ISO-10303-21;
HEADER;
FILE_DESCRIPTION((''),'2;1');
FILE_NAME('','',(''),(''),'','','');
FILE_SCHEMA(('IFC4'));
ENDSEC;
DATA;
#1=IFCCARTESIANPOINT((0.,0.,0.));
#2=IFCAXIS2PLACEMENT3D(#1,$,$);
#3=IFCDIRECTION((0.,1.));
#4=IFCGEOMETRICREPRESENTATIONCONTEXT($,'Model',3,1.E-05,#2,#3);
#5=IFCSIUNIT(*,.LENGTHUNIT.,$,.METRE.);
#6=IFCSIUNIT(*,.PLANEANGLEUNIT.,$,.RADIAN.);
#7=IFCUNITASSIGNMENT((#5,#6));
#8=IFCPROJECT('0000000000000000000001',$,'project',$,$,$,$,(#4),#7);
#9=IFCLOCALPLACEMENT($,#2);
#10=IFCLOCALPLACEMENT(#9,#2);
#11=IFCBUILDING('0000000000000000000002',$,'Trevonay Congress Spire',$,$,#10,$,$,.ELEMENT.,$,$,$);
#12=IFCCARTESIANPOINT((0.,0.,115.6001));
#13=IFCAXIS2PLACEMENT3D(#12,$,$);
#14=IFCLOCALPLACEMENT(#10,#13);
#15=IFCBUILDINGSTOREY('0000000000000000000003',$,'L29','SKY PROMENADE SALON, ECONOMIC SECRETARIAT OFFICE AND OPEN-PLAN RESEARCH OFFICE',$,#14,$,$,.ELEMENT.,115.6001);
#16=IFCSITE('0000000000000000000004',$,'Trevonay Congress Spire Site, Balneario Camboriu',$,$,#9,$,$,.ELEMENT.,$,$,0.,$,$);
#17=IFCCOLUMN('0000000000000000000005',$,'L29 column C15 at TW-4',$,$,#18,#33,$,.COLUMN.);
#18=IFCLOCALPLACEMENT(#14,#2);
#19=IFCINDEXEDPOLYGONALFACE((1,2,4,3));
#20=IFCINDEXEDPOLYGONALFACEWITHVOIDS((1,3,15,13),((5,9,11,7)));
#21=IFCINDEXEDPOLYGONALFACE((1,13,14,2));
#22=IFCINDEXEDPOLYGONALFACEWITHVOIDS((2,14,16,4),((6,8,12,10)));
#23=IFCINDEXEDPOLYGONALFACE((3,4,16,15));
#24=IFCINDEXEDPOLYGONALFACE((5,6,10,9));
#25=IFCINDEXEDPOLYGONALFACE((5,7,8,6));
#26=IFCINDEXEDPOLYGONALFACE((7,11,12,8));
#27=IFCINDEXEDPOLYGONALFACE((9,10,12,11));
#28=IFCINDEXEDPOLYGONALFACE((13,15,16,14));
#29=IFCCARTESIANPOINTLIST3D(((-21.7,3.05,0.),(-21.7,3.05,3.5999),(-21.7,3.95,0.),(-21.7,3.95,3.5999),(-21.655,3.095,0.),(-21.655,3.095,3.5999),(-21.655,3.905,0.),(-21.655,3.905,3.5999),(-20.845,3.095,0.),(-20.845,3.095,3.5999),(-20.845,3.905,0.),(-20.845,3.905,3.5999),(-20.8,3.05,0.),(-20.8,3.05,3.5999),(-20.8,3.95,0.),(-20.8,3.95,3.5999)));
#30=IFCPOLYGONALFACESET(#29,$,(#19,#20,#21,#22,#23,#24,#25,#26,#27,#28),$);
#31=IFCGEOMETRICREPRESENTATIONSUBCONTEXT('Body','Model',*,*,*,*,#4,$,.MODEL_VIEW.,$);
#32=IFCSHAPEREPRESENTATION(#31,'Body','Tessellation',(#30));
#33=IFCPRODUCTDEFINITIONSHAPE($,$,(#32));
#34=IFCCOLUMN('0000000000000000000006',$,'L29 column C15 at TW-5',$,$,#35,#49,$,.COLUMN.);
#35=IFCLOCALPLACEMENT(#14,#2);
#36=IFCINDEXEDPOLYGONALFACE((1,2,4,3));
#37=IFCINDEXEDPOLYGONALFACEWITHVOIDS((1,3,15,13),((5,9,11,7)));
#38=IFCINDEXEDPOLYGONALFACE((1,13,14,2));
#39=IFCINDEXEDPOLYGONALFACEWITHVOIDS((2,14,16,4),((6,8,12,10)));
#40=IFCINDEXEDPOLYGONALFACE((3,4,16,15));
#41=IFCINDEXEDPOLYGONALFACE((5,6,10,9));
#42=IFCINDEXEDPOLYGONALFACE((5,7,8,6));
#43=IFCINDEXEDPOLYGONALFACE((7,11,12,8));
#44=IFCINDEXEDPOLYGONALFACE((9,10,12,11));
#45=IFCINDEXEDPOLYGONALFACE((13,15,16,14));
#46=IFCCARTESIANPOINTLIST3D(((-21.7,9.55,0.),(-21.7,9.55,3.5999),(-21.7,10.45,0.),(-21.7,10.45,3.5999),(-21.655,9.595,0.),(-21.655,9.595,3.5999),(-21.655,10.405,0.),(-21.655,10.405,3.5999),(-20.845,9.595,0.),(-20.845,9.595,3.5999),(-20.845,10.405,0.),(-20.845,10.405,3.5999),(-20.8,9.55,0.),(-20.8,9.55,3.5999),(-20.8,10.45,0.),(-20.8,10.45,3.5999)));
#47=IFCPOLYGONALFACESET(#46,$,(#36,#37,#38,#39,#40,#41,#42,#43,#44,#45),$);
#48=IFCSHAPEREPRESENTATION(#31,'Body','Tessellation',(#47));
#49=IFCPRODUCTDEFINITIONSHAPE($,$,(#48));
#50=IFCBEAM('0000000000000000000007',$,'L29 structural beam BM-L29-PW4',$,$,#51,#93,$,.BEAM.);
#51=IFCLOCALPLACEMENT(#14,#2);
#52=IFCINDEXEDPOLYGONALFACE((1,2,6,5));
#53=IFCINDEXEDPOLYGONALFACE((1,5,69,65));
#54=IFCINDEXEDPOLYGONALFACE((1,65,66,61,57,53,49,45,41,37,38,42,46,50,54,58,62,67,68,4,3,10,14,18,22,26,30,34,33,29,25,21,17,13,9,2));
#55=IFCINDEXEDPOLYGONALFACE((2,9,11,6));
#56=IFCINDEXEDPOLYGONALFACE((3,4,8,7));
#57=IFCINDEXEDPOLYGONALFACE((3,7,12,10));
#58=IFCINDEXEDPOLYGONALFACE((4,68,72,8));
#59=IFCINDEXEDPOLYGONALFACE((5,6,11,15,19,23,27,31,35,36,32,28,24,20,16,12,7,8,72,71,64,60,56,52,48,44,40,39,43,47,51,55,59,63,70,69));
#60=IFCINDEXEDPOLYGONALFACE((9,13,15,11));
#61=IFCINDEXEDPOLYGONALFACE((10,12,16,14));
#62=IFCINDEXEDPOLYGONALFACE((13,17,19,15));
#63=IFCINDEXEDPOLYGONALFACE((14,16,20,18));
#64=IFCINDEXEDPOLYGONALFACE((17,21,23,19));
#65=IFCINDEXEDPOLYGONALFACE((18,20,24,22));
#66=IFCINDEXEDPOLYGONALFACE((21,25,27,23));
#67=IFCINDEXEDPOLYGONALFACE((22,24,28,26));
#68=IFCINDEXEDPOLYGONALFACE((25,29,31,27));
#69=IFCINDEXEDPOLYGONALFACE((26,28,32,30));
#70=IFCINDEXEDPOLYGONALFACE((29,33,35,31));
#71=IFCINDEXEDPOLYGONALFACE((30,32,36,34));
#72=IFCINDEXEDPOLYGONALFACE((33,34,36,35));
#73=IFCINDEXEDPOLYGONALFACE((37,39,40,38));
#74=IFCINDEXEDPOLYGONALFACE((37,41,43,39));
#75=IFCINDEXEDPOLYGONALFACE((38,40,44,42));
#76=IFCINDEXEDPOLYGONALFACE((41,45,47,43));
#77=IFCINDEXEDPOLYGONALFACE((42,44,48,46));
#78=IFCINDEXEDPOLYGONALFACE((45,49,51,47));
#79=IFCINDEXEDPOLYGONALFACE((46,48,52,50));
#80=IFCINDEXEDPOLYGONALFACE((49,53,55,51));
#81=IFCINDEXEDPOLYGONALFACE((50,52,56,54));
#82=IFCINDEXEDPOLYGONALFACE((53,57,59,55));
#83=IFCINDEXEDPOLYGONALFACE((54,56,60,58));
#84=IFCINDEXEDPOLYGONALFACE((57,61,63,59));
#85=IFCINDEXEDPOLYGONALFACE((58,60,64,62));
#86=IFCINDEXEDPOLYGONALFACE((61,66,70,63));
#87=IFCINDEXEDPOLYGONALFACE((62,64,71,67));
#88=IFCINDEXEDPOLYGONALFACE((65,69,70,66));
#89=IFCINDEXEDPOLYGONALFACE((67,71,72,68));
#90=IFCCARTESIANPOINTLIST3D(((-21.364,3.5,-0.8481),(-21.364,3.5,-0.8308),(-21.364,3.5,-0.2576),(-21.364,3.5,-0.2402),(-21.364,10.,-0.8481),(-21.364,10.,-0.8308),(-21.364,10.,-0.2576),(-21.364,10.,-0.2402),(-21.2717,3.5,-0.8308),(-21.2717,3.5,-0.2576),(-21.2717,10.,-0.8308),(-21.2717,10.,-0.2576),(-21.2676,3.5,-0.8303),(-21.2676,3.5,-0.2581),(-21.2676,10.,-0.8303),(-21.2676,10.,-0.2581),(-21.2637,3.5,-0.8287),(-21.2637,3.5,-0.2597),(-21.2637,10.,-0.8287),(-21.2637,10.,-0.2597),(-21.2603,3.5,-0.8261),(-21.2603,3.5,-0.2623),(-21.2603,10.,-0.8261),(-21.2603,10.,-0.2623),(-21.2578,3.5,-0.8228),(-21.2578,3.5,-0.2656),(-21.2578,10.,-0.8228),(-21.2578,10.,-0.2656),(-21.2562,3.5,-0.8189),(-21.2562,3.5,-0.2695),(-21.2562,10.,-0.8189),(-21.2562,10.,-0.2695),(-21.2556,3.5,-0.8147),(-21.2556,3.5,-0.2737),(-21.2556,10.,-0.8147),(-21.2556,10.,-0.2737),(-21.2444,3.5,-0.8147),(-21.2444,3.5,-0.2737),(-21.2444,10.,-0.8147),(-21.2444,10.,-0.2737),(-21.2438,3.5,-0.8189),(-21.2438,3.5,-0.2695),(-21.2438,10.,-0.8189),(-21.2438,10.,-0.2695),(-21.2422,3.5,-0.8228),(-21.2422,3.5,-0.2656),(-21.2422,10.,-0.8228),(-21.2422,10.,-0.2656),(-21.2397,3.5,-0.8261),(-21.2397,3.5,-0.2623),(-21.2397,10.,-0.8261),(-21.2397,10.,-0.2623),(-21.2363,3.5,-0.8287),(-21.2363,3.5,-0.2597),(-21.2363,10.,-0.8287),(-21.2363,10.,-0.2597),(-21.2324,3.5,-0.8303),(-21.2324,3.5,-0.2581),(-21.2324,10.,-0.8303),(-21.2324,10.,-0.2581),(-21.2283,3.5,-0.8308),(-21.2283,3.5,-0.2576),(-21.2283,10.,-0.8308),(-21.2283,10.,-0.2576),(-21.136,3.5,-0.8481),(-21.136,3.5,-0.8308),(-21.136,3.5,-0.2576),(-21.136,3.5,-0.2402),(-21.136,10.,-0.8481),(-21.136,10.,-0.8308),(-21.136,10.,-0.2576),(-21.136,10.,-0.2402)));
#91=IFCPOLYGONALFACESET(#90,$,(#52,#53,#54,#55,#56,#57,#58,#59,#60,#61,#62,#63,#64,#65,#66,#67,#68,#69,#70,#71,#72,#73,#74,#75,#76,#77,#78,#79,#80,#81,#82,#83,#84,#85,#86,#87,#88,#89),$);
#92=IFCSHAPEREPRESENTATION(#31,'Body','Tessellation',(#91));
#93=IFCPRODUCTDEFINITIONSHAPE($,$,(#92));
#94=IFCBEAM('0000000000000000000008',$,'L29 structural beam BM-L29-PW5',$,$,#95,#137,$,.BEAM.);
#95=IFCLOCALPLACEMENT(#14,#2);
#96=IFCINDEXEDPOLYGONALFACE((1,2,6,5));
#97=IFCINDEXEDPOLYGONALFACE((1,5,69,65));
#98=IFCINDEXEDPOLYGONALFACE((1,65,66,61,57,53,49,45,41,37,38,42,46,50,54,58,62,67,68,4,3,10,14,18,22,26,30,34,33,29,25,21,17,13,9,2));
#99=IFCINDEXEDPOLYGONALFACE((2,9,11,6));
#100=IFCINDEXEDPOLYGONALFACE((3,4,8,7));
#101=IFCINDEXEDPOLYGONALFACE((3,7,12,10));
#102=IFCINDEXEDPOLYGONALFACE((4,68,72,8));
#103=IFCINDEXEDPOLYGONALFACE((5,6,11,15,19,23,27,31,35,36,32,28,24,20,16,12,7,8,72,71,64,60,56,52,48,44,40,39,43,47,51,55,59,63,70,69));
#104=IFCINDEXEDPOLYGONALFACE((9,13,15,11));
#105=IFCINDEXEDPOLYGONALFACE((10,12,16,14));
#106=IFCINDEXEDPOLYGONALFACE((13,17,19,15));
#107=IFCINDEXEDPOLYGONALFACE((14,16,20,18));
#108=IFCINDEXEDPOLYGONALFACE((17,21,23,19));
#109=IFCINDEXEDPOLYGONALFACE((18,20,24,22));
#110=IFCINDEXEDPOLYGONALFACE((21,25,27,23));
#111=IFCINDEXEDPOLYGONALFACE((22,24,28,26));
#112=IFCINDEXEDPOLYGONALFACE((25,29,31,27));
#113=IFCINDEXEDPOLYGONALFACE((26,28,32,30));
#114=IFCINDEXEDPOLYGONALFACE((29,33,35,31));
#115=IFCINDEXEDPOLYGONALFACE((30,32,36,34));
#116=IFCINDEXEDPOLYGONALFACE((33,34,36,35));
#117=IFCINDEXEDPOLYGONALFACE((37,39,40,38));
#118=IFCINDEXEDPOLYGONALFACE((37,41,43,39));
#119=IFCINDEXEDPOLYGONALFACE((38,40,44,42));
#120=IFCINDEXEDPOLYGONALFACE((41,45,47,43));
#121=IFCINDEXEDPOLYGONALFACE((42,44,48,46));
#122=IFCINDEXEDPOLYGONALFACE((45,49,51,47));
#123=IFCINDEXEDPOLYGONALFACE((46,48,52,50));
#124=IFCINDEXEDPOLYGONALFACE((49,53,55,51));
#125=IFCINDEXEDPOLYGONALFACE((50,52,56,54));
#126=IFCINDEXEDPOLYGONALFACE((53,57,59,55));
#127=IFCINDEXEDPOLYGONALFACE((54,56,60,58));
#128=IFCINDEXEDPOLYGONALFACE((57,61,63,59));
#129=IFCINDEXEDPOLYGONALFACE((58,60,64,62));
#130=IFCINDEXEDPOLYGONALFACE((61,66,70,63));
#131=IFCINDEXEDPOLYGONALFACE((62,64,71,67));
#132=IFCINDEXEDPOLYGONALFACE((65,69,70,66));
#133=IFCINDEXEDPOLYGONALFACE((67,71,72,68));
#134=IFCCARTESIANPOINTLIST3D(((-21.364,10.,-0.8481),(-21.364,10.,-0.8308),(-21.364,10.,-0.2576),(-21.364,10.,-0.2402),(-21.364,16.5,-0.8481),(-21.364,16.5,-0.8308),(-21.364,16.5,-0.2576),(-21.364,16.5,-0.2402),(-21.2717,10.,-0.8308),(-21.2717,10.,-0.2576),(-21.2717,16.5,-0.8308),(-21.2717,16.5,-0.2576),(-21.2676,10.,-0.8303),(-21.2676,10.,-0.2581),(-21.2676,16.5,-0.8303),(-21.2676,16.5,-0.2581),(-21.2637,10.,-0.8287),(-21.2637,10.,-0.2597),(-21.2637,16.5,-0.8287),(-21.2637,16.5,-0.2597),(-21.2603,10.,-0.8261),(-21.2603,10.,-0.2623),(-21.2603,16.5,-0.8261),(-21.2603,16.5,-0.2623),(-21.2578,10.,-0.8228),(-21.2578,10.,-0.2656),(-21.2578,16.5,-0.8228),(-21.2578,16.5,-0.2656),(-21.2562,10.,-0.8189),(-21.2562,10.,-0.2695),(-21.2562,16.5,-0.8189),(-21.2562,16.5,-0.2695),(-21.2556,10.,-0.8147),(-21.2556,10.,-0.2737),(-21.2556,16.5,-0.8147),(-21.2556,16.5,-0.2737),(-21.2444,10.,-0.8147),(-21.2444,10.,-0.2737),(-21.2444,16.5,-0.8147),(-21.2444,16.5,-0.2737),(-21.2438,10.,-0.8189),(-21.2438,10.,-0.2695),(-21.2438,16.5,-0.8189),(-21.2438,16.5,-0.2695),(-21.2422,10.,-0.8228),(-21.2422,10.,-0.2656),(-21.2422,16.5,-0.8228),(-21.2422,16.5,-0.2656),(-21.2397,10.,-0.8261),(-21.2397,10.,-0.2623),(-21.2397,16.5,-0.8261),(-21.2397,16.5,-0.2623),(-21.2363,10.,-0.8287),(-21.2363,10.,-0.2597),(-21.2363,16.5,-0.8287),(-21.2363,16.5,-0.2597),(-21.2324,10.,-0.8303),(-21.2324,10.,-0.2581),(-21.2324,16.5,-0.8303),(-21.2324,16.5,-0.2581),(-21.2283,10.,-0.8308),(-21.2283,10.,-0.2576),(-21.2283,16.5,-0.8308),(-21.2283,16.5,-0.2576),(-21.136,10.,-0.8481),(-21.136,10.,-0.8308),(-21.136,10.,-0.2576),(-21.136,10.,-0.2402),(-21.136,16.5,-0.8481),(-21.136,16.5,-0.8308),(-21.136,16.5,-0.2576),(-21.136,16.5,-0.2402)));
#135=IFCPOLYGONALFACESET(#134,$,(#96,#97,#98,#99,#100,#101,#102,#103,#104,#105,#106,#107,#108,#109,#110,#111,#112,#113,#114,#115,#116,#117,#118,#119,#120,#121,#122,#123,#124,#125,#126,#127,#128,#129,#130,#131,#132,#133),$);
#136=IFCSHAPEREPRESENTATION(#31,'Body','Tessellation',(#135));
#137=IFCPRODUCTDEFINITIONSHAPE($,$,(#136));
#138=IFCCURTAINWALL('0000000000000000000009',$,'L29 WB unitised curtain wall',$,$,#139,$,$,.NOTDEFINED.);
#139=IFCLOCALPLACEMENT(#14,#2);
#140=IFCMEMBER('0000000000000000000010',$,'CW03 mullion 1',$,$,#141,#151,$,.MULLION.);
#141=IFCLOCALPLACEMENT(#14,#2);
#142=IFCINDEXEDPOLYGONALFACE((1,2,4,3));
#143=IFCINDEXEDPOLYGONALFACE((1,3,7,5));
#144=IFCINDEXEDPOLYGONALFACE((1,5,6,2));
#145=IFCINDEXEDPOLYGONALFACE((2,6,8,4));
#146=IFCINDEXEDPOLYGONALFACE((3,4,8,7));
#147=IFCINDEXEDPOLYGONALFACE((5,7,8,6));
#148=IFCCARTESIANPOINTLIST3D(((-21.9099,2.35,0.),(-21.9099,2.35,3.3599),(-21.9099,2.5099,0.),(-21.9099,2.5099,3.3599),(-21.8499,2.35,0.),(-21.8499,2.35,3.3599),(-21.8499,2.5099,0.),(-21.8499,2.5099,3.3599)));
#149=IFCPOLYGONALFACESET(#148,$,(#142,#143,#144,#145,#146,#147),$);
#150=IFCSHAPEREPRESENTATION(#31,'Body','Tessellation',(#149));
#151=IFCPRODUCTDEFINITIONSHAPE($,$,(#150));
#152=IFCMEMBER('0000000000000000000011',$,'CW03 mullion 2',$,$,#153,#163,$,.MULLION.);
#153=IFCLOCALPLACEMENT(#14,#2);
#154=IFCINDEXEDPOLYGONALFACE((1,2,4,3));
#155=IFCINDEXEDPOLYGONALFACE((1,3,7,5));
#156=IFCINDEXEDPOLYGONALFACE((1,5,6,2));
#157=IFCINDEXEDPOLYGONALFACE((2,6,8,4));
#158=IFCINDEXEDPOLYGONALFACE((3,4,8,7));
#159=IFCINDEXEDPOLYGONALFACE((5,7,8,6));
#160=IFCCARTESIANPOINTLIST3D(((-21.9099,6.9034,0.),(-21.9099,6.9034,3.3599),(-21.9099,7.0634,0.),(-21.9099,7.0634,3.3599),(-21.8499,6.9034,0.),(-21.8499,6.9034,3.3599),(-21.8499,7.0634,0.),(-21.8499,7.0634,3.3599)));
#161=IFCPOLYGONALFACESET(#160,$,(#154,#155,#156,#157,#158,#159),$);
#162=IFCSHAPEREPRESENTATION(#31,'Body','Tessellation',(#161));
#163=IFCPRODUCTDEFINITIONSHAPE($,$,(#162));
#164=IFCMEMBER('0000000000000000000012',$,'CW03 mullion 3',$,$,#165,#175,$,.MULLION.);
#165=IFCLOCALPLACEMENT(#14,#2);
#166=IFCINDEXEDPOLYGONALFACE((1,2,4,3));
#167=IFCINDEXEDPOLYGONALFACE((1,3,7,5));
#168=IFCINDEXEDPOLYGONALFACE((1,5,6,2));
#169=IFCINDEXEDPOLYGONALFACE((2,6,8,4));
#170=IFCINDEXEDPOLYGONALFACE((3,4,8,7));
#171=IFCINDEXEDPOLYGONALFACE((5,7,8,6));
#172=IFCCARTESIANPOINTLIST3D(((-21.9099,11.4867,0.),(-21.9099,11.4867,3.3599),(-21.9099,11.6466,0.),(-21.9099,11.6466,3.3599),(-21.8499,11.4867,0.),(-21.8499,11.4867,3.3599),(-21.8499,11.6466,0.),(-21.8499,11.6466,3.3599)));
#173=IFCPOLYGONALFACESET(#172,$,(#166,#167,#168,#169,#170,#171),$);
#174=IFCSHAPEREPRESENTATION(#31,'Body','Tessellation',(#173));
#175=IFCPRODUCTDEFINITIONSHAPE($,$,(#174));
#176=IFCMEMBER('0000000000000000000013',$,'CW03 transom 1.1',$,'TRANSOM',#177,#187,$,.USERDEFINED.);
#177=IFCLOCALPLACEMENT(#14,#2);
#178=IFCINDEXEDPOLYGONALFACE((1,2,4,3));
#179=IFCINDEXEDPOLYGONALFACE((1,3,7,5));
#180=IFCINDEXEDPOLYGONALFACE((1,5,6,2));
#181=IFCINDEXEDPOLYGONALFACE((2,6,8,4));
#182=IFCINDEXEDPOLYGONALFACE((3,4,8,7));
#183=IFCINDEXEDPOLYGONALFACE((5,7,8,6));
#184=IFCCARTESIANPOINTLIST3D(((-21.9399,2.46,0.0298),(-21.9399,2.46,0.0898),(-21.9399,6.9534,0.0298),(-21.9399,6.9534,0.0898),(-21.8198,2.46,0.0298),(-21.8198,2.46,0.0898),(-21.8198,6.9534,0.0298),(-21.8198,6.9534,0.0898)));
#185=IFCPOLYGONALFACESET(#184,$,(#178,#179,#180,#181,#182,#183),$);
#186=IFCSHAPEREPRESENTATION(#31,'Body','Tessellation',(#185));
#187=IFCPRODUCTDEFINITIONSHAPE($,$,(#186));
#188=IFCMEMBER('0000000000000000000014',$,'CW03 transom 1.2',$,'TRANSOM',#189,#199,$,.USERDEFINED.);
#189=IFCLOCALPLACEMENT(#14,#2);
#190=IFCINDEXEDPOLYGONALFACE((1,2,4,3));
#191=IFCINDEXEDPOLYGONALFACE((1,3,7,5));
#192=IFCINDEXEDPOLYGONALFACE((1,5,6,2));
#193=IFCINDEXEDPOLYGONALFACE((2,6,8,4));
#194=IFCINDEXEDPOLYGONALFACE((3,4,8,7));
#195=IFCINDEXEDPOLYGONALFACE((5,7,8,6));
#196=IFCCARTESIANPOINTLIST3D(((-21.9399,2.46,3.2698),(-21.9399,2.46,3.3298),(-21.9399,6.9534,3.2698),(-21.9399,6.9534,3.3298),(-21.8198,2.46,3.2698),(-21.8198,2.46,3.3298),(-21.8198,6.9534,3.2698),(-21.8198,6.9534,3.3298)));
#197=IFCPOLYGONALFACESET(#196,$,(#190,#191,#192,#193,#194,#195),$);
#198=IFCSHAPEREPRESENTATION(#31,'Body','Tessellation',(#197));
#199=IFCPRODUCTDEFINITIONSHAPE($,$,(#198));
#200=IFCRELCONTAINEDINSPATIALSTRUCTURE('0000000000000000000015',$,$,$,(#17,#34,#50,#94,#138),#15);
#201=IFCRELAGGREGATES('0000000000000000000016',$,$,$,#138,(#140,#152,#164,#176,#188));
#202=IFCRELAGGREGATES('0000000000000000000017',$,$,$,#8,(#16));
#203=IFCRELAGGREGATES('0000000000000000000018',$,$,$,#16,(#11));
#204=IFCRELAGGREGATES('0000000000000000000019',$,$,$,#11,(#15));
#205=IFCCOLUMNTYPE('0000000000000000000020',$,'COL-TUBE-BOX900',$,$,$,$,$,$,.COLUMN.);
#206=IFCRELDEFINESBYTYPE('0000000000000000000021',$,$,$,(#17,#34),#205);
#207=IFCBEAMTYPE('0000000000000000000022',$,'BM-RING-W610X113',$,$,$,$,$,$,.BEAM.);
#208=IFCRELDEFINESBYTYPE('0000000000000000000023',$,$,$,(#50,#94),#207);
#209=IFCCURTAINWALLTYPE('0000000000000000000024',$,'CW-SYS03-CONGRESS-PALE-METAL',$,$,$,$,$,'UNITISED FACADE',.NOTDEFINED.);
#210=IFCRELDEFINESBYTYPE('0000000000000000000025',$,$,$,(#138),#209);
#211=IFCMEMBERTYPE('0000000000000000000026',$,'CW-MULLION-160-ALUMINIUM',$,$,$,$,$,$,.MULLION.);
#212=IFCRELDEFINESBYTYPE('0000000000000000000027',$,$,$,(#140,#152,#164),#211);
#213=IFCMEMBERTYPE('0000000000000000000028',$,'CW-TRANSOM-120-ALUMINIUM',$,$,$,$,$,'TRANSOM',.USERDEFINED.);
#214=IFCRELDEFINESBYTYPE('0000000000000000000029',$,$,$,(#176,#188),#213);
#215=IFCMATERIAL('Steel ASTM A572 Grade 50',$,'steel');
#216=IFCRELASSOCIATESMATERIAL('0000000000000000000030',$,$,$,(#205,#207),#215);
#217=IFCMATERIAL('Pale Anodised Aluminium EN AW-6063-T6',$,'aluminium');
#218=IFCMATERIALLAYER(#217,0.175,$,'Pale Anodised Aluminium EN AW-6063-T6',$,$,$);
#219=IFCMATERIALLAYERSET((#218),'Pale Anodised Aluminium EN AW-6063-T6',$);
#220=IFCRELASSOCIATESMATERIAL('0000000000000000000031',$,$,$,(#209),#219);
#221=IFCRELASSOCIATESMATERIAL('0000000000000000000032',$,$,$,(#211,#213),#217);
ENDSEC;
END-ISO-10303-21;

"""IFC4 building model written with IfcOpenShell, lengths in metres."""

from ifc_helpers import new_model, si_unit, direction, frame, origin, origin_2d, place, context, subcontext, project, spatial, rectangle, hollow_rectangle, i_section, extrude, material, layer, layer_set, material_profile, profile_set, type_object, element, aggregate, save


model = new_model("IFC4")

# Units and contexts
model_context = context("Model", 3, precision=1e-05, world=origin(), true_north=direction((0.0, 1.0)))
body_context = subcontext(model_context, "Body", "Model", "MODEL_VIEW")
ifc_project = project(units=[si_unit("LENGTHUNIT", "METRE"), si_unit("PLANEANGLEUNIT", "RADIAN")], contexts=[model_context])

# Site, building, storey
site_placement = place(None, origin())
site = spatial("IfcSite", under=ifc_project, at=site_placement, Name="Trevonay Congress Spire Site, Balneario Camboriu", CompositionType="ELEMENT", RefElevation=0.0)
building_placement = place(site_placement, origin())
building = spatial("IfcBuilding", under=site, at=building_placement, Name="Trevonay Congress Spire", CompositionType="ELEMENT")
storey_placement = place(building_placement, frame((0.0, 0.0, 115.6001)))
storey = spatial("IfcBuildingStorey", under=building, at=storey_placement, Name="L29", Description="SKY PROMENADE SALON, ECONOMIC SECRETARIAT OFFICE AND OPEN-PLAN RESEARCH OFFICE", CompositionType="ELEMENT", Elevation=115.6001)

# Columns
ifc_material_1 = material(Name="Steel ASTM A572 Grade 50", Category="steel")
ifc_material_profile_1 = material_profile(ifc_material_1, hollow_rectangle(XDim=0.8999, YDim=0.8999, WallThickness=0.0449, at=origin_2d()), Name="BOX 900x900x45")
ifc_profile_set_1 = profile_set([ifc_material_profile_1], Name="Steel ASTM A572 Grade 50")
column_type = type_object("IfcColumnType", Name="COL-TUBE-BOX900", PredefinedType="COLUMN", material=ifc_profile_set_1)
for number, where, z_axis, x_axis, name in (
    (1, (-21.25, 3.5, 0.0), (0.0, 0.0, 1.0), (1.0, 0.0, 0.0), "L29 column C15 at TW-4"),
    (2, (-21.25, 10.0, 0.0), (0.0, 0.0, 1.0), (1.0, 0.0, 0.0), "L29 column C15 at TW-5"),
):
    element("IfcColumn", number, at=place(storey_placement, frame(where, z_axis=z_axis, x_axis=x_axis)), inside=storey, type_object=column_type, Name=name, PredefinedType="COLUMN", context=body_context, shape_type="SweptSolid", body=[
        extrude(hollow_rectangle(XDim=0.8999, YDim=0.8999, WallThickness=0.0449, at=origin_2d()), origin(), (0.0, 0.0, 1.0), 3.5999),
    ])

# Beams
ifc_material_profile_2 = material_profile(ifc_material_1, i_section(OverallWidth=0.228, OverallDepth=0.6079, WebThickness=0.0112, FlangeThickness=0.0173, FilletRadius=0.0161, at=origin_2d()), Name="W610x113")
ifc_profile_set_2 = profile_set([ifc_material_profile_2], Name="Steel ASTM A572 Grade 50")
beam_type_1 = type_object("IfcBeamType", Name="BM-RING-W610X113", PredefinedType="BEAM", material=ifc_profile_set_2)
for number, where, z_axis, x_axis, name in (
    (3, (-21.25, 3.5, -0.5442), (0.0, 1.0, 0.0), (-1.0, 0.0, 0.0), "L29 structural beam BM-L29-PW4"),
    (4, (-21.25, 10.0, -0.5442), (0.0, 1.0, 0.0), (-1.0, 0.0, 0.0), "L29 structural beam BM-L29-PW5"),
):
    element("IfcBeam", number, at=place(storey_placement, frame(where, z_axis=z_axis, x_axis=x_axis)), inside=storey, type_object=beam_type_1, Name=name, PredefinedType="BEAM", context=body_context, shape_type="SweptSolid", body=[
        extrude(i_section(OverallWidth=0.228, OverallDepth=0.6079, WebThickness=0.0112, FlangeThickness=0.0173, FilletRadius=0.0161, at=origin_2d()), origin(), (0.0, 0.0, 1.0), 6.5),
    ])

# Curtain wall, members
ifc_material_2 = material(Name="Pale Anodised Aluminium EN AW-6063-T6", Category="aluminium")
ifc_layer_1 = layer(ifc_material_2, 0.175, Name="Pale Anodised Aluminium EN AW-6063-T6")
ifc_layer_set_1 = layer_set([ifc_layer_1], Name="Pale Anodised Aluminium EN AW-6063-T6")
curtain_wall_type = type_object("IfcCurtainWallType", Name="CW-SYS03-CONGRESS-PALE-METAL", ElementType="UNITISED FACADE", PredefinedType="NOTDEFINED", material=ifc_layer_set_1)
curtain_wall_placement = place(storey_placement, origin())
curtain_wall = element("IfcCurtainWall", 5, at=curtain_wall_placement, inside=storey, type_object=curtain_wall_type, Name="L29 WB unitised curtain wall", PredefinedType="NOTDEFINED")
ifc_material_profile_3 = material_profile(ifc_material_2, rectangle(XDim=0.0601, YDim=0.1599, at=origin_2d()), Name="CW-MULLION-160-ALUMINIUM")
ifc_profile_set_3 = profile_set([ifc_material_profile_3], Name="Pale Anodised Aluminium EN AW-6063-T6")
member_type_1 = type_object("IfcMemberType", Name="CW-MULLION-160-ALUMINIUM", PredefinedType="MULLION", material=ifc_profile_set_3)
member_1_placement = place(storey_placement, frame((-21.8799, 2.4299, 0.0), z_axis=(0.0, 0.0, 1.0), x_axis=(-1.0, 0.0, 0.0)))
member_1 = element("IfcMember", 6, at=member_1_placement, type_object=member_type_1, Name="CW03 mullion 1", PredefinedType="MULLION", context=body_context, shape_type="SweptSolid", body=[
    extrude(rectangle(XDim=0.0601, YDim=0.1599, at=origin_2d()), origin(), (0.0, 0.0, 1.0), 3.3599),
])
member_2_placement = place(storey_placement, frame((-21.8799, 6.9834, 0.0), z_axis=(0.0, 0.0, 1.0), x_axis=(-1.0, 0.0, 0.0)))
member_2 = element("IfcMember", 7, at=member_2_placement, type_object=member_type_1, Name="CW03 mullion 2", PredefinedType="MULLION", context=body_context, shape_type="SweptSolid", body=[
    extrude(rectangle(XDim=0.0601, YDim=0.1599, at=origin_2d()), origin(), (0.0, 0.0, 1.0), 3.3599),
])
member_3_placement = place(storey_placement, frame((-21.8799, 11.5667, 0.0), z_axis=(0.0, 0.0, 1.0), x_axis=(-1.0, 0.0, 0.0)))
member_3 = element("IfcMember", 8, at=member_3_placement, type_object=member_type_1, Name="CW03 mullion 3", PredefinedType="MULLION", context=body_context, shape_type="SweptSolid", body=[
    extrude(rectangle(XDim=0.0601, YDim=0.1599, at=origin_2d()), origin(), (0.0, 0.0, 1.0), 3.3599),
])
ifc_material_profile_4 = material_profile(ifc_material_2, rectangle(XDim=0.1201, YDim=0.0601, at=origin_2d()), Name="CW-TRANSOM-120-ALUMINIUM")
ifc_profile_set_4 = profile_set([ifc_material_profile_4], Name="Pale Anodised Aluminium EN AW-6063-T6")
member_type_2 = type_object("IfcMemberType", Name="CW-TRANSOM-120-ALUMINIUM", ElementType="TRANSOM", PredefinedType="USERDEFINED", material=ifc_profile_set_4)
member_4_placement = place(storey_placement, frame((-21.8799, 2.46, 0.0598), z_axis=(0.0, 1.0, 0.0), x_axis=(-1.0, 0.0, 0.0)))
member_4 = element("IfcMember", 9, at=member_4_placement, type_object=member_type_2, Name="CW03 transom 1.1", ObjectType="TRANSOM", PredefinedType="USERDEFINED", context=body_context, shape_type="SweptSolid", body=[
    extrude(rectangle(XDim=0.1201, YDim=0.0601, at=origin_2d()), origin(), (0.0, 0.0, 1.0), 4.4934),
])
member_5_placement = place(storey_placement, frame((-21.8799, 2.46, 3.2998), z_axis=(0.0, 1.0, 0.0), x_axis=(-1.0, 0.0, 0.0)))
member_5 = element("IfcMember", 10, at=member_5_placement, type_object=member_type_2, Name="CW03 transom 1.2", ObjectType="TRANSOM", PredefinedType="USERDEFINED", context=body_context, shape_type="SweptSolid", body=[
    extrude(rectangle(XDim=0.1201, YDim=0.0601, at=origin_2d()), origin(), (0.0, 0.0, 1.0), 4.4934),
])

aggregate(curtain_wall, [member_1, member_2, member_3, member_4, member_5])

save(model, "model.ifc")
